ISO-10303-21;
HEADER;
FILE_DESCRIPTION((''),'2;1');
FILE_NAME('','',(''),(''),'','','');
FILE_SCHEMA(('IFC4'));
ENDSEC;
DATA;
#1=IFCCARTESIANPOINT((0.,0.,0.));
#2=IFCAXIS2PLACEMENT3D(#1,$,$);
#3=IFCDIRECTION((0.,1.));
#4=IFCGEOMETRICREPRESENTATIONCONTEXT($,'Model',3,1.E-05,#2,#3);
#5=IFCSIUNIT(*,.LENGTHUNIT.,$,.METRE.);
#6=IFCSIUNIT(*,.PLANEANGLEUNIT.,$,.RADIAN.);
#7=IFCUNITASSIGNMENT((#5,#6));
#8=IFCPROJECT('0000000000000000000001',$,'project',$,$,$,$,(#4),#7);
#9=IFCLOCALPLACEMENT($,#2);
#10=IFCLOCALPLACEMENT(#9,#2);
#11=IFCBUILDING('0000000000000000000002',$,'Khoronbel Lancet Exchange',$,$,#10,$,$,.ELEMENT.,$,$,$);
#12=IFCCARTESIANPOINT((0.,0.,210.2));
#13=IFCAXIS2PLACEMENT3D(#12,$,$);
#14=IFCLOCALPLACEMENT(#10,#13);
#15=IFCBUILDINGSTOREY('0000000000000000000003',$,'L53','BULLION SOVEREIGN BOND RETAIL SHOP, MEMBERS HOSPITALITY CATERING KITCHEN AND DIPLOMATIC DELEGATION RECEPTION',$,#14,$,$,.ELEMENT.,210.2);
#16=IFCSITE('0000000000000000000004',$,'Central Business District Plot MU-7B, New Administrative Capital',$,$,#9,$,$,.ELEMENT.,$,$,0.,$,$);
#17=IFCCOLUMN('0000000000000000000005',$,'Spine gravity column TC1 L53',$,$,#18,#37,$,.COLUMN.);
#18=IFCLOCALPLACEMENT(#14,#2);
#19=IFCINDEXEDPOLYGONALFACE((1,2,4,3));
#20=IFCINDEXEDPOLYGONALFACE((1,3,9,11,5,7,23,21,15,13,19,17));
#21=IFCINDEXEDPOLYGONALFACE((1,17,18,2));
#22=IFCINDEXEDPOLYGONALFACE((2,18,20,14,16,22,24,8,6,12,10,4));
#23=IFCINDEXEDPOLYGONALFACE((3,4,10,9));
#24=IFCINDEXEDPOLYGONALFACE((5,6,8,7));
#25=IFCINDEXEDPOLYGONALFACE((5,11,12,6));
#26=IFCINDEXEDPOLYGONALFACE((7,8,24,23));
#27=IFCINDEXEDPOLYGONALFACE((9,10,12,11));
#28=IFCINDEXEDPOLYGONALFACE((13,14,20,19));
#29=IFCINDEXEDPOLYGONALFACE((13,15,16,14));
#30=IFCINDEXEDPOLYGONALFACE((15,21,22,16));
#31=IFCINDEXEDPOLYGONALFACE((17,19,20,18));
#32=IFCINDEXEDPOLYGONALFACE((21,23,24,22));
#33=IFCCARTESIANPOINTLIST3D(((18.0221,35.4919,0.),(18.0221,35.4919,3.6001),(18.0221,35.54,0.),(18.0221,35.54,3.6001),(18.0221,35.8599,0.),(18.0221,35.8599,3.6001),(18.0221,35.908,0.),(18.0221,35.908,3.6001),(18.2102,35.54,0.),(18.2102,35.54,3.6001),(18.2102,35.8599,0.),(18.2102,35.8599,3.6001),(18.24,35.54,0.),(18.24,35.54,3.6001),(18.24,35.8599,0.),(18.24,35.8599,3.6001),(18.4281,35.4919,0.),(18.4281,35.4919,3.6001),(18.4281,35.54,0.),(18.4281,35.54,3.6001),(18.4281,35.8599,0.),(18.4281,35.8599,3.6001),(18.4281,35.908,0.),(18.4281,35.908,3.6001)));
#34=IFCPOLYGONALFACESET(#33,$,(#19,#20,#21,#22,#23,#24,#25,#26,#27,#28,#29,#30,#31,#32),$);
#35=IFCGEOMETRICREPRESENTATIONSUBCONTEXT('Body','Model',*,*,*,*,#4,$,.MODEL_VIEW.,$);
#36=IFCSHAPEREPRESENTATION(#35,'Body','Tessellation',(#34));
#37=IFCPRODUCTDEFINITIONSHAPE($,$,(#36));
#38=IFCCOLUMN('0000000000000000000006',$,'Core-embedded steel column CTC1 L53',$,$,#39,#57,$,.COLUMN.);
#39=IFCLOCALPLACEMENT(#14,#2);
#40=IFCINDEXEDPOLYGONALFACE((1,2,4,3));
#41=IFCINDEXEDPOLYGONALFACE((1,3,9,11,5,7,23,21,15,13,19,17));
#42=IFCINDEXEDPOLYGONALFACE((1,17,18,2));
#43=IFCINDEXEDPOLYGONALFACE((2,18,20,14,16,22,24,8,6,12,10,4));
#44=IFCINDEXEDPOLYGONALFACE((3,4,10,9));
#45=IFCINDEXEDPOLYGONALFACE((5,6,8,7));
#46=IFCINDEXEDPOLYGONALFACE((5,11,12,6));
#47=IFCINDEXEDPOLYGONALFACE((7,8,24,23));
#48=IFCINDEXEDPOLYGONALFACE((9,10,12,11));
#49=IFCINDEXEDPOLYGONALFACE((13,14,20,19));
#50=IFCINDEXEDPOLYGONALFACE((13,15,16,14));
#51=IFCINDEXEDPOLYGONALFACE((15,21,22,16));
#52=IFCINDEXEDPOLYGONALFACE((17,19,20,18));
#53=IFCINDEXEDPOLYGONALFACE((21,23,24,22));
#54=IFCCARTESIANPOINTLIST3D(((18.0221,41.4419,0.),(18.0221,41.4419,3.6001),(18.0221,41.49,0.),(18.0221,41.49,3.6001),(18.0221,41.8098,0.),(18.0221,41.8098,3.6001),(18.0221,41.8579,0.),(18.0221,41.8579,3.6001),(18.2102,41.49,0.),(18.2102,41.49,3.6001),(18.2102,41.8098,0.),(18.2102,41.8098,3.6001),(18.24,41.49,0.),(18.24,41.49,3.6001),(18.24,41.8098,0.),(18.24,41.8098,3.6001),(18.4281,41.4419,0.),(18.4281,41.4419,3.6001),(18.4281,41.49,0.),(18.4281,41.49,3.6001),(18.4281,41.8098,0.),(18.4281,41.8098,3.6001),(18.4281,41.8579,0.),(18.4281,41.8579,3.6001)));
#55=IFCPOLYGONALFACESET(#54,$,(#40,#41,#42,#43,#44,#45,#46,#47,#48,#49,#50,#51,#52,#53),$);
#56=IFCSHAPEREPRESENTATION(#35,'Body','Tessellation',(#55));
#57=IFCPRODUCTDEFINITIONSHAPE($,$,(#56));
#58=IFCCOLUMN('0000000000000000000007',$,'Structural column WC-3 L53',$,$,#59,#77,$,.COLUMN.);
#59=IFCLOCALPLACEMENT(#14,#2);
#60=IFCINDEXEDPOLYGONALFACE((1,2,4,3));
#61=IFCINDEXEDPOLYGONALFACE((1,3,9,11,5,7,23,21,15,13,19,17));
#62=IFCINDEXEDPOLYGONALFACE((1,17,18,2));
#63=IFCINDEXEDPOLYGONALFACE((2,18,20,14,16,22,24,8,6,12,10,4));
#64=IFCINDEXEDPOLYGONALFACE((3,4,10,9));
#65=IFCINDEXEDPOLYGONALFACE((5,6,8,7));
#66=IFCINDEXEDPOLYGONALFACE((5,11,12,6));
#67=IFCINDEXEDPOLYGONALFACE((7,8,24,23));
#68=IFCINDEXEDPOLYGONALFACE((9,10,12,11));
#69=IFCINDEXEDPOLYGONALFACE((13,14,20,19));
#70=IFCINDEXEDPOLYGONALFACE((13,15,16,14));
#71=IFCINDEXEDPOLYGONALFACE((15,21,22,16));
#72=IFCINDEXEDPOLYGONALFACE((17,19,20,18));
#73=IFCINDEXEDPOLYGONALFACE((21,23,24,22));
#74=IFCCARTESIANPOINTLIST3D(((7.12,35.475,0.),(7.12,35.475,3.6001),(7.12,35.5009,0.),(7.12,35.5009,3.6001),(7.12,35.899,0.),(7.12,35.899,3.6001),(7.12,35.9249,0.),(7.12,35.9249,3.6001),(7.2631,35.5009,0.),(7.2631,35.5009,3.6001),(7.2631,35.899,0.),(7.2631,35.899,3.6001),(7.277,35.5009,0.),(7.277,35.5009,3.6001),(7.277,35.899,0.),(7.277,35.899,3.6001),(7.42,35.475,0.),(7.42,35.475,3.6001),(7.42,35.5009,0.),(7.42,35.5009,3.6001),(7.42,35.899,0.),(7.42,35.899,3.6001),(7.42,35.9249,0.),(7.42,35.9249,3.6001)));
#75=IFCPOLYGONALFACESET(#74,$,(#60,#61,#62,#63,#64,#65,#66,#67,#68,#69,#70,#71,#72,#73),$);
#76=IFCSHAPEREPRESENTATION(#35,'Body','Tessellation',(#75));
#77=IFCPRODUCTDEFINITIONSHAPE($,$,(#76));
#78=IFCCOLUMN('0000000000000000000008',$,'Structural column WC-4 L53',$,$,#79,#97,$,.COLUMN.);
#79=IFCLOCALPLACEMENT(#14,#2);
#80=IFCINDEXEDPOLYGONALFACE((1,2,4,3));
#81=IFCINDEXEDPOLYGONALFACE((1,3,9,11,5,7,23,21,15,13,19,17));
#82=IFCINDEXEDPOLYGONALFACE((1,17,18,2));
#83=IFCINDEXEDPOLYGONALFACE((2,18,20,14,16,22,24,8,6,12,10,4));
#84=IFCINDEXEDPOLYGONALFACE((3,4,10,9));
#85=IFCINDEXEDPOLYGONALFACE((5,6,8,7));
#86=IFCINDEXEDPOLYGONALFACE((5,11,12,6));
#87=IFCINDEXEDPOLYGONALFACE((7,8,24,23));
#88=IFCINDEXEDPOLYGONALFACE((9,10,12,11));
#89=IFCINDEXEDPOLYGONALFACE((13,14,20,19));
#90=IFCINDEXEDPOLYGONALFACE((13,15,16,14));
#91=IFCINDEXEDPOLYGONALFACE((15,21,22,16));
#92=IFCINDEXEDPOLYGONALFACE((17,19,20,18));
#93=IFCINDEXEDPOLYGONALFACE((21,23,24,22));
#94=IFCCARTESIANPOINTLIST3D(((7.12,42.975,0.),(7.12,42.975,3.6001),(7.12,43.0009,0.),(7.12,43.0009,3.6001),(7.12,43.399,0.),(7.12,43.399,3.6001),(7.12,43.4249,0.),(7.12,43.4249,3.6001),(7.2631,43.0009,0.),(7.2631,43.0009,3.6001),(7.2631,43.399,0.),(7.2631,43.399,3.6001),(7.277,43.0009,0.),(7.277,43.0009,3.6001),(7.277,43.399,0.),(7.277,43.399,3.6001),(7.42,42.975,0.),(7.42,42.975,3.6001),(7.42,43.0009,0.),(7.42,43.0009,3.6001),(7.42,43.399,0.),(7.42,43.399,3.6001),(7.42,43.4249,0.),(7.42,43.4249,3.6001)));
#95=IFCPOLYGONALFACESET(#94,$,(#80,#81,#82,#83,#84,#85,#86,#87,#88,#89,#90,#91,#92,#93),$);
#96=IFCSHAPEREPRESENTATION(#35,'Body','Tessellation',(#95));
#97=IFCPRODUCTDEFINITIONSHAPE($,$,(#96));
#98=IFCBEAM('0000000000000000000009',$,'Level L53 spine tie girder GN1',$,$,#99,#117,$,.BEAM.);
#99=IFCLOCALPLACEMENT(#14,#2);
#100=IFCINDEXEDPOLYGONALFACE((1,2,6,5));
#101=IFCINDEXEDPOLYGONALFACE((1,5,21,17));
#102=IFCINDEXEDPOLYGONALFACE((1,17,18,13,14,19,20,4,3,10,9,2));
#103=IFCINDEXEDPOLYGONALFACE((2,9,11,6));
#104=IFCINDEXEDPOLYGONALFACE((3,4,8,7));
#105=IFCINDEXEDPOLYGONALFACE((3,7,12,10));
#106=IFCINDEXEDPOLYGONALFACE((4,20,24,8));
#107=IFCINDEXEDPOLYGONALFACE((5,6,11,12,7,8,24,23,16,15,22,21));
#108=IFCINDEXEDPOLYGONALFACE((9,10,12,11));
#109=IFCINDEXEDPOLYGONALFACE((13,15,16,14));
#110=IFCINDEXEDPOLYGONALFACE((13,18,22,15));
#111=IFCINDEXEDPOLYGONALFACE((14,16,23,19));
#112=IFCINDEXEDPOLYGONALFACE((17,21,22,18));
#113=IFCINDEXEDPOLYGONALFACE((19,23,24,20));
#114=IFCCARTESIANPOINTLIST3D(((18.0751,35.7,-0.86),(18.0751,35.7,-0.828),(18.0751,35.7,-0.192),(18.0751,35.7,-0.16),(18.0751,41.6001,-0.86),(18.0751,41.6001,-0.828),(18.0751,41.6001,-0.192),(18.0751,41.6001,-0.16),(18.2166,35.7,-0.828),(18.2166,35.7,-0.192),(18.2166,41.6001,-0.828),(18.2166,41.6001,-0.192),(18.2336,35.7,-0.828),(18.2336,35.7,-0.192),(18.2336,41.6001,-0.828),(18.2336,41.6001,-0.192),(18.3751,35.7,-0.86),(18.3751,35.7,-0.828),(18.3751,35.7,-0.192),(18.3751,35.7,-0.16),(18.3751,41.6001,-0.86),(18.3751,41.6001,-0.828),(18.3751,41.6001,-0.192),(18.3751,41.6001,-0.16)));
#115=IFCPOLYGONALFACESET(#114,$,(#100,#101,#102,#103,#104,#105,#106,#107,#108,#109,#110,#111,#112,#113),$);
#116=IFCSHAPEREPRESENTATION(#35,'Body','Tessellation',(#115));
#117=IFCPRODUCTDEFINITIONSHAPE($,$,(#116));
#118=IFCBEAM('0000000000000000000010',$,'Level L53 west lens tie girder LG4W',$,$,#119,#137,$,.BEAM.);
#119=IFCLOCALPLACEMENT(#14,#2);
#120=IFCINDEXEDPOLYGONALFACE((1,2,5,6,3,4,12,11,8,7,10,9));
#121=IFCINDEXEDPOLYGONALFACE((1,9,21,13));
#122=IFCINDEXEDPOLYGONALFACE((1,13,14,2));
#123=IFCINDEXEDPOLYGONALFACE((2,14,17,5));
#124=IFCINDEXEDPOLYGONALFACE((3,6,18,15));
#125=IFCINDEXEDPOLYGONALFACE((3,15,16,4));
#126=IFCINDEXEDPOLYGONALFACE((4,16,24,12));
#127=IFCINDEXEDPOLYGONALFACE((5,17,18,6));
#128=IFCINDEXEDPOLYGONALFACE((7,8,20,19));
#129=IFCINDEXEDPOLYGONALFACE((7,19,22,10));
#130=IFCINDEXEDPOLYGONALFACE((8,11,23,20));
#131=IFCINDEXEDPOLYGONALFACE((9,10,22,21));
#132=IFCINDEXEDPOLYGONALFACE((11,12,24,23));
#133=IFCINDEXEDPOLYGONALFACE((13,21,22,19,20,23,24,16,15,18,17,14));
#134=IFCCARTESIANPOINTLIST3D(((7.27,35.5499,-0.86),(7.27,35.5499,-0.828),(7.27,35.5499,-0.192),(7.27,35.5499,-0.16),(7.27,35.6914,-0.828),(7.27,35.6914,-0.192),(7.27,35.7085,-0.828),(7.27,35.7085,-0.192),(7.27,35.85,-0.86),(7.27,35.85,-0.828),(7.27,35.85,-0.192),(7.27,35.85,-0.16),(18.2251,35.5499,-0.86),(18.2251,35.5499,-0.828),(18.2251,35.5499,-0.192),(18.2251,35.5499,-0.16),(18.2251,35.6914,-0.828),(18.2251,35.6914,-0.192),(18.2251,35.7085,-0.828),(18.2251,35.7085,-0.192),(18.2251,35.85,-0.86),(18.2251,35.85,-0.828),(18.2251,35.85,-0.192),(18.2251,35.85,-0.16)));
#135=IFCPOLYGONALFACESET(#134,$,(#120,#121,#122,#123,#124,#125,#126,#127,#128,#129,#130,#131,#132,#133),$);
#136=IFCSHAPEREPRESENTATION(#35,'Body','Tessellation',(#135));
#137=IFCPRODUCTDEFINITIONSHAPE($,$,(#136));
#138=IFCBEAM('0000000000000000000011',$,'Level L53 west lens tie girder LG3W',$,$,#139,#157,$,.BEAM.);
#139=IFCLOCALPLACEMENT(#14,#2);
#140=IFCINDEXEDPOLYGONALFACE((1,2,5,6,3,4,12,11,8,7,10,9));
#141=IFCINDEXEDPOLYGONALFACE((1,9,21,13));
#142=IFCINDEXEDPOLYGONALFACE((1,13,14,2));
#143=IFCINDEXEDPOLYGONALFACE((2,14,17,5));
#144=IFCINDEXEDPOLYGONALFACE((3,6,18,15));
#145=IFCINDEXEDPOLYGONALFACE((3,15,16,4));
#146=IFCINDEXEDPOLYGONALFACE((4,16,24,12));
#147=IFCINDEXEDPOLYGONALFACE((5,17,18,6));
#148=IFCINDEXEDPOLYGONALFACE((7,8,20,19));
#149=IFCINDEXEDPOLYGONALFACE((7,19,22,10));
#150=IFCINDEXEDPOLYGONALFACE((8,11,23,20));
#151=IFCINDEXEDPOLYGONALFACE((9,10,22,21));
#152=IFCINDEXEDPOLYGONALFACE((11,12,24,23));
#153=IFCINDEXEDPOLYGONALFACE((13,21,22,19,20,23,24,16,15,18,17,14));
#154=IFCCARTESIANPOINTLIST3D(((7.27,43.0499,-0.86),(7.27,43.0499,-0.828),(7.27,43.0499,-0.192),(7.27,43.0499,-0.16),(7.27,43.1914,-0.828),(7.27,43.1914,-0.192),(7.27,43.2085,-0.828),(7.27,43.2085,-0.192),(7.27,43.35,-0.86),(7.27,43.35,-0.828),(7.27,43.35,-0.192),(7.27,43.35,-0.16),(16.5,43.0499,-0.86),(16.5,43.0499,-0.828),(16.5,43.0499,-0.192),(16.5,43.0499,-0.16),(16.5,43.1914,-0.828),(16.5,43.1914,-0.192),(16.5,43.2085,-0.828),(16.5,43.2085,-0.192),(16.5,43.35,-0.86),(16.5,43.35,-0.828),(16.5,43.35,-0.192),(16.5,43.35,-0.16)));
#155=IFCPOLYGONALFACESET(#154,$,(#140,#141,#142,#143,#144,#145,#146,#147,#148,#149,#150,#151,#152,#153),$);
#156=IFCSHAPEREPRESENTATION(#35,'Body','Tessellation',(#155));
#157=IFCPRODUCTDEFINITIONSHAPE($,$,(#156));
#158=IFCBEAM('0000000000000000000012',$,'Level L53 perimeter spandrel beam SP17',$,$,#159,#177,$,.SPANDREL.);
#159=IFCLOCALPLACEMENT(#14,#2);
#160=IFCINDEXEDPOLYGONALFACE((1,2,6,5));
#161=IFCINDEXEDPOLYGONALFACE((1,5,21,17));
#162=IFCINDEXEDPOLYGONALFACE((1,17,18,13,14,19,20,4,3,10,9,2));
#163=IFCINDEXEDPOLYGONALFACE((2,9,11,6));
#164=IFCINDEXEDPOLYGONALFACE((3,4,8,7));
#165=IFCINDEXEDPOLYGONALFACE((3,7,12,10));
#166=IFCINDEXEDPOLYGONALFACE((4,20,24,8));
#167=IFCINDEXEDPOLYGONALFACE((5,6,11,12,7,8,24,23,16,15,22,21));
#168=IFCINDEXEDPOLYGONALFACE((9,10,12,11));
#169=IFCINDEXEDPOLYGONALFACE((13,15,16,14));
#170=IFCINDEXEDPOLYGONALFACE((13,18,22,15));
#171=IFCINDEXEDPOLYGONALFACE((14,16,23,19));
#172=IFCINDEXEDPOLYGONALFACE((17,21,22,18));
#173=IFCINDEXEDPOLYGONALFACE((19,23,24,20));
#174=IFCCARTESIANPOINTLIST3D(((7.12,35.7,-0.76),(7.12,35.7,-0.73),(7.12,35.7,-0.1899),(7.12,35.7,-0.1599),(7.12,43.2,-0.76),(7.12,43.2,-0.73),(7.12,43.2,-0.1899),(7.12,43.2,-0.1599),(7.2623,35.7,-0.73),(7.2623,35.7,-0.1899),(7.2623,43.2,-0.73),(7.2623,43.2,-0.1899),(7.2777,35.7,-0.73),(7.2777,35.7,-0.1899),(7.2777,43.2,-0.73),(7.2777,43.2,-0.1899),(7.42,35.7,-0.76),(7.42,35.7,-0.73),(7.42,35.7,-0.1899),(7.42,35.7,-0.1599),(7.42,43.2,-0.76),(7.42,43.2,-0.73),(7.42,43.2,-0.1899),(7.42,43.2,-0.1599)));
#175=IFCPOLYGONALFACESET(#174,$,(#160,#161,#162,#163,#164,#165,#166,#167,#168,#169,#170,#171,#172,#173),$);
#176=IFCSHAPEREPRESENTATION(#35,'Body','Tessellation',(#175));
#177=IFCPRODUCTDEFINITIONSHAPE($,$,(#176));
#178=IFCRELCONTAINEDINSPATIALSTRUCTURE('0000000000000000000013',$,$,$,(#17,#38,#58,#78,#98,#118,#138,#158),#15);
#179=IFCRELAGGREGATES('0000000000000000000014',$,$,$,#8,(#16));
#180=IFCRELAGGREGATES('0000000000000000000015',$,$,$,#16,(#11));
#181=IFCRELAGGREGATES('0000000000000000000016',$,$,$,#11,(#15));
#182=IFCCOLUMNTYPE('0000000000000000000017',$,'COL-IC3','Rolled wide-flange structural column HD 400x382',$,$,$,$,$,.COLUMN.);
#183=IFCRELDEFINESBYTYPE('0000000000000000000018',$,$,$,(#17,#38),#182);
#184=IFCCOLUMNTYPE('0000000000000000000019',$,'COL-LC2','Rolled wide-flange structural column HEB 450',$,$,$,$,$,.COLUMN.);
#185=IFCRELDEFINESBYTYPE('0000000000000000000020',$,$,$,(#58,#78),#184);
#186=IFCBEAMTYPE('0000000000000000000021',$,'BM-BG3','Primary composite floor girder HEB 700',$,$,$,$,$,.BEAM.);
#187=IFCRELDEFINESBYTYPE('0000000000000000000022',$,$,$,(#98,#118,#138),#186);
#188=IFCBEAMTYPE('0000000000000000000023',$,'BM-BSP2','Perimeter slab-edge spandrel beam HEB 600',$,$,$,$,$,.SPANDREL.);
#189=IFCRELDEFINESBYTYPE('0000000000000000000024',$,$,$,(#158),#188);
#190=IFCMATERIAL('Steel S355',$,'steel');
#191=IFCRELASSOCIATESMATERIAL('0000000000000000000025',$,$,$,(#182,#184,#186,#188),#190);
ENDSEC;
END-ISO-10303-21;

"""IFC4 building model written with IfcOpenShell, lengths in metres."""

from ifc_helpers import new_model, si_unit, direction, frame, origin, origin_2d, place, context, subcontext, project, spatial, i_section, extrude, material, material_profile, profile_set, type_object, element, save


model = new_model("IFC4")

# Units and contexts
model_context = context("Model", 3, precision=1e-05, world=origin(), true_north=direction((0.0, 1.0)))
body_context = subcontext(model_context, "Body", "Model", "MODEL_VIEW")
ifc_project = project(units=[si_unit("LENGTHUNIT", "METRE"), si_unit("PLANEANGLEUNIT", "RADIAN")], contexts=[model_context])

# Site, building, storey
site_placement = place(None, origin())
site = spatial("IfcSite", under=ifc_project, at=site_placement, Name="Central Business District Plot MU-7B, New Administrative Capital", CompositionType="ELEMENT", RefElevation=0.0)
building_placement = place(site_placement, origin())
building = spatial("IfcBuilding", under=site, at=building_placement, Name="Khoronbel Lancet Exchange", CompositionType="ELEMENT")
storey_placement = place(building_placement, frame((0.0, 0.0, 210.2)))
storey = spatial("IfcBuildingStorey", under=building, at=storey_placement, Name="L53", Description="BULLION SOVEREIGN BOND RETAIL SHOP, MEMBERS HOSPITALITY CATERING KITCHEN AND DIPLOMATIC DELEGATION RECEPTION", CompositionType="ELEMENT", Elevation=210.2)

# Columns
ifc_material_1 = material(Name="Steel S355", Category="steel")
ifc_material_profile_1 = material_profile(ifc_material_1, i_section(OverallWidth=0.406, OverallDepth=0.416, WebThickness=0.0298, FlangeThickness=0.0481, at=origin_2d()), Name="HD 400x382")
ifc_profile_set_1 = profile_set([ifc_material_profile_1], Name="Steel S355")
column_type_1 = type_object("IfcColumnType", Name="COL-IC3", Description="Rolled wide-flange structural column HD 400x382", PredefinedType="COLUMN", material=ifc_profile_set_1)
for number, where, z_axis, x_axis, name in (
    (1, (18.2251, 35.7, 0.0), (0.0, 0.0, 1.0), (1.0, 0.0, 0.0), "Spine gravity column TC1 L53"),
    (2, (18.2251, 41.6499, 0.0), (0.0, 0.0, 1.0), (1.0, 0.0, 0.0), "Core-embedded steel column CTC1 L53"),
):
    element("IfcColumn", number, at=place(storey_placement, frame(where, z_axis=z_axis, x_axis=x_axis)), inside=storey, type_object=column_type_1, Name=name, PredefinedType="COLUMN", context=body_context, shape_type="SweptSolid", body=[
        extrude(i_section(OverallWidth=0.406, OverallDepth=0.416, WebThickness=0.0298, FlangeThickness=0.0481, at=origin_2d()), origin(), (0.0, 0.0, 1.0), 3.6001),
    ])
ifc_material_profile_2 = material_profile(ifc_material_1, i_section(OverallWidth=0.3, OverallDepth=0.45, WebThickness=0.0139, FlangeThickness=0.0259, at=origin_2d()), Name="HEB 450")
ifc_profile_set_2 = profile_set([ifc_material_profile_2], Name="Steel S355")
column_type_2 = type_object("IfcColumnType", Name="COL-LC2", Description="Rolled wide-flange structural column HEB 450", PredefinedType="COLUMN", material=ifc_profile_set_2)
for number, where, z_axis, x_axis, name in (
    (3, (7.27, 35.7, 0.0), (0.0, 0.0, 1.0), (1.0, 0.0, 0.0), "Structural column WC-3 L53"),
    (4, (7.27, 43.2, 0.0), (0.0, 0.0, 1.0), (1.0, 0.0, 0.0), "Structural column WC-4 L53"),
):
    element("IfcColumn", number, at=place(storey_placement, frame(where, z_axis=z_axis, x_axis=x_axis)), inside=storey, type_object=column_type_2, Name=name, PredefinedType="COLUMN", context=body_context, shape_type="SweptSolid", body=[
        extrude(i_section(OverallWidth=0.3, OverallDepth=0.45, WebThickness=0.0139, FlangeThickness=0.0259, at=origin_2d()), origin(), (0.0, 0.0, 1.0), 3.6001),
    ])

# Beams
ifc_material_profile_3 = material_profile(ifc_material_1, i_section(OverallWidth=0.3, OverallDepth=0.7, WebThickness=0.0171, FlangeThickness=0.032, at=origin_2d()), Name="HEB 700")
ifc_profile_set_3 = profile_set([ifc_material_profile_3], Name="Steel S355")
beam_type_1 = type_object("IfcBeamType", Name="BM-BG3", Description="Primary composite floor girder HEB 700", PredefinedType="BEAM", material=ifc_profile_set_3)
beam_1_placement = place(storey_placement, frame((18.2251, 35.7, -0.51), z_axis=(0.0, 1.0, 0.0), x_axis=(-1.0, 0.0, 0.0)))
element("IfcBeam", 5, at=beam_1_placement, inside=storey, type_object=beam_type_1, Name="Level L53 spine tie girder GN1", PredefinedType="BEAM", context=body_context, shape_type="SweptSolid", body=[
    extrude(i_section(OverallWidth=0.3, OverallDepth=0.7, WebThickness=0.0171, FlangeThickness=0.032, at=origin_2d()), origin(), (0.0, 0.0, 1.0), 5.9001),
])
beam_2_placement = place(storey_placement, frame((7.27, 35.7, -0.51), z_axis=(1.0, 0.0, 0.0), x_axis=(0.0, 1.0, 0.0)))
element("IfcBeam", 6, at=beam_2_placement, inside=storey, type_object=beam_type_1, Name="Level L53 west lens tie girder LG4W", PredefinedType="BEAM", context=body_context, shape_type="SweptSolid", body=[
    extrude(i_section(OverallWidth=0.3, OverallDepth=0.7, WebThickness=0.0171, FlangeThickness=0.032, at=origin_2d()), origin(), (0.0, 0.0, 1.0), 10.9551),
])
beam_3_placement = place(storey_placement, frame((7.27, 43.2, -0.51), z_axis=(1.0, 0.0, 0.0), x_axis=(0.0, 1.0, 0.0)))
element("IfcBeam", 7, at=beam_3_placement, inside=storey, type_object=beam_type_1, Name="Level L53 west lens tie girder LG3W", PredefinedType="BEAM", context=body_context, shape_type="SweptSolid", body=[
    extrude(i_section(OverallWidth=0.3, OverallDepth=0.7, WebThickness=0.0171, FlangeThickness=0.032, at=origin_2d()), origin(), (0.0, 0.0, 1.0), 9.23),
])
ifc_material_profile_4 = material_profile(ifc_material_1, i_section(OverallWidth=0.3, OverallDepth=0.6001, WebThickness=0.0154, FlangeThickness=0.03, at=origin_2d()), Name="HEB 600")
ifc_profile_set_4 = profile_set([ifc_material_profile_4], Name="Steel S355")
beam_type_2 = type_object("IfcBeamType", Name="BM-BSP2", Description="Perimeter slab-edge spandrel beam HEB 600", PredefinedType="SPANDREL", material=ifc_profile_set_4)
beam_4_placement = place(storey_placement, frame((7.27, 43.2, -0.46), z_axis=(0.0, -1.0, 0.0), x_axis=(1.0, 0.0, 0.0)))
element("IfcBeam", 8, at=beam_4_placement, inside=storey, type_object=beam_type_2, Name="Level L53 perimeter spandrel beam SP17", PredefinedType="SPANDREL", context=body_context, shape_type="SweptSolid", body=[
    extrude(i_section(OverallWidth=0.3, OverallDepth=0.6001, WebThickness=0.0154, FlangeThickness=0.03, at=origin_2d()), origin(), (0.0, 0.0, 1.0), 7.5),
])

save(model, "model.ifc")
